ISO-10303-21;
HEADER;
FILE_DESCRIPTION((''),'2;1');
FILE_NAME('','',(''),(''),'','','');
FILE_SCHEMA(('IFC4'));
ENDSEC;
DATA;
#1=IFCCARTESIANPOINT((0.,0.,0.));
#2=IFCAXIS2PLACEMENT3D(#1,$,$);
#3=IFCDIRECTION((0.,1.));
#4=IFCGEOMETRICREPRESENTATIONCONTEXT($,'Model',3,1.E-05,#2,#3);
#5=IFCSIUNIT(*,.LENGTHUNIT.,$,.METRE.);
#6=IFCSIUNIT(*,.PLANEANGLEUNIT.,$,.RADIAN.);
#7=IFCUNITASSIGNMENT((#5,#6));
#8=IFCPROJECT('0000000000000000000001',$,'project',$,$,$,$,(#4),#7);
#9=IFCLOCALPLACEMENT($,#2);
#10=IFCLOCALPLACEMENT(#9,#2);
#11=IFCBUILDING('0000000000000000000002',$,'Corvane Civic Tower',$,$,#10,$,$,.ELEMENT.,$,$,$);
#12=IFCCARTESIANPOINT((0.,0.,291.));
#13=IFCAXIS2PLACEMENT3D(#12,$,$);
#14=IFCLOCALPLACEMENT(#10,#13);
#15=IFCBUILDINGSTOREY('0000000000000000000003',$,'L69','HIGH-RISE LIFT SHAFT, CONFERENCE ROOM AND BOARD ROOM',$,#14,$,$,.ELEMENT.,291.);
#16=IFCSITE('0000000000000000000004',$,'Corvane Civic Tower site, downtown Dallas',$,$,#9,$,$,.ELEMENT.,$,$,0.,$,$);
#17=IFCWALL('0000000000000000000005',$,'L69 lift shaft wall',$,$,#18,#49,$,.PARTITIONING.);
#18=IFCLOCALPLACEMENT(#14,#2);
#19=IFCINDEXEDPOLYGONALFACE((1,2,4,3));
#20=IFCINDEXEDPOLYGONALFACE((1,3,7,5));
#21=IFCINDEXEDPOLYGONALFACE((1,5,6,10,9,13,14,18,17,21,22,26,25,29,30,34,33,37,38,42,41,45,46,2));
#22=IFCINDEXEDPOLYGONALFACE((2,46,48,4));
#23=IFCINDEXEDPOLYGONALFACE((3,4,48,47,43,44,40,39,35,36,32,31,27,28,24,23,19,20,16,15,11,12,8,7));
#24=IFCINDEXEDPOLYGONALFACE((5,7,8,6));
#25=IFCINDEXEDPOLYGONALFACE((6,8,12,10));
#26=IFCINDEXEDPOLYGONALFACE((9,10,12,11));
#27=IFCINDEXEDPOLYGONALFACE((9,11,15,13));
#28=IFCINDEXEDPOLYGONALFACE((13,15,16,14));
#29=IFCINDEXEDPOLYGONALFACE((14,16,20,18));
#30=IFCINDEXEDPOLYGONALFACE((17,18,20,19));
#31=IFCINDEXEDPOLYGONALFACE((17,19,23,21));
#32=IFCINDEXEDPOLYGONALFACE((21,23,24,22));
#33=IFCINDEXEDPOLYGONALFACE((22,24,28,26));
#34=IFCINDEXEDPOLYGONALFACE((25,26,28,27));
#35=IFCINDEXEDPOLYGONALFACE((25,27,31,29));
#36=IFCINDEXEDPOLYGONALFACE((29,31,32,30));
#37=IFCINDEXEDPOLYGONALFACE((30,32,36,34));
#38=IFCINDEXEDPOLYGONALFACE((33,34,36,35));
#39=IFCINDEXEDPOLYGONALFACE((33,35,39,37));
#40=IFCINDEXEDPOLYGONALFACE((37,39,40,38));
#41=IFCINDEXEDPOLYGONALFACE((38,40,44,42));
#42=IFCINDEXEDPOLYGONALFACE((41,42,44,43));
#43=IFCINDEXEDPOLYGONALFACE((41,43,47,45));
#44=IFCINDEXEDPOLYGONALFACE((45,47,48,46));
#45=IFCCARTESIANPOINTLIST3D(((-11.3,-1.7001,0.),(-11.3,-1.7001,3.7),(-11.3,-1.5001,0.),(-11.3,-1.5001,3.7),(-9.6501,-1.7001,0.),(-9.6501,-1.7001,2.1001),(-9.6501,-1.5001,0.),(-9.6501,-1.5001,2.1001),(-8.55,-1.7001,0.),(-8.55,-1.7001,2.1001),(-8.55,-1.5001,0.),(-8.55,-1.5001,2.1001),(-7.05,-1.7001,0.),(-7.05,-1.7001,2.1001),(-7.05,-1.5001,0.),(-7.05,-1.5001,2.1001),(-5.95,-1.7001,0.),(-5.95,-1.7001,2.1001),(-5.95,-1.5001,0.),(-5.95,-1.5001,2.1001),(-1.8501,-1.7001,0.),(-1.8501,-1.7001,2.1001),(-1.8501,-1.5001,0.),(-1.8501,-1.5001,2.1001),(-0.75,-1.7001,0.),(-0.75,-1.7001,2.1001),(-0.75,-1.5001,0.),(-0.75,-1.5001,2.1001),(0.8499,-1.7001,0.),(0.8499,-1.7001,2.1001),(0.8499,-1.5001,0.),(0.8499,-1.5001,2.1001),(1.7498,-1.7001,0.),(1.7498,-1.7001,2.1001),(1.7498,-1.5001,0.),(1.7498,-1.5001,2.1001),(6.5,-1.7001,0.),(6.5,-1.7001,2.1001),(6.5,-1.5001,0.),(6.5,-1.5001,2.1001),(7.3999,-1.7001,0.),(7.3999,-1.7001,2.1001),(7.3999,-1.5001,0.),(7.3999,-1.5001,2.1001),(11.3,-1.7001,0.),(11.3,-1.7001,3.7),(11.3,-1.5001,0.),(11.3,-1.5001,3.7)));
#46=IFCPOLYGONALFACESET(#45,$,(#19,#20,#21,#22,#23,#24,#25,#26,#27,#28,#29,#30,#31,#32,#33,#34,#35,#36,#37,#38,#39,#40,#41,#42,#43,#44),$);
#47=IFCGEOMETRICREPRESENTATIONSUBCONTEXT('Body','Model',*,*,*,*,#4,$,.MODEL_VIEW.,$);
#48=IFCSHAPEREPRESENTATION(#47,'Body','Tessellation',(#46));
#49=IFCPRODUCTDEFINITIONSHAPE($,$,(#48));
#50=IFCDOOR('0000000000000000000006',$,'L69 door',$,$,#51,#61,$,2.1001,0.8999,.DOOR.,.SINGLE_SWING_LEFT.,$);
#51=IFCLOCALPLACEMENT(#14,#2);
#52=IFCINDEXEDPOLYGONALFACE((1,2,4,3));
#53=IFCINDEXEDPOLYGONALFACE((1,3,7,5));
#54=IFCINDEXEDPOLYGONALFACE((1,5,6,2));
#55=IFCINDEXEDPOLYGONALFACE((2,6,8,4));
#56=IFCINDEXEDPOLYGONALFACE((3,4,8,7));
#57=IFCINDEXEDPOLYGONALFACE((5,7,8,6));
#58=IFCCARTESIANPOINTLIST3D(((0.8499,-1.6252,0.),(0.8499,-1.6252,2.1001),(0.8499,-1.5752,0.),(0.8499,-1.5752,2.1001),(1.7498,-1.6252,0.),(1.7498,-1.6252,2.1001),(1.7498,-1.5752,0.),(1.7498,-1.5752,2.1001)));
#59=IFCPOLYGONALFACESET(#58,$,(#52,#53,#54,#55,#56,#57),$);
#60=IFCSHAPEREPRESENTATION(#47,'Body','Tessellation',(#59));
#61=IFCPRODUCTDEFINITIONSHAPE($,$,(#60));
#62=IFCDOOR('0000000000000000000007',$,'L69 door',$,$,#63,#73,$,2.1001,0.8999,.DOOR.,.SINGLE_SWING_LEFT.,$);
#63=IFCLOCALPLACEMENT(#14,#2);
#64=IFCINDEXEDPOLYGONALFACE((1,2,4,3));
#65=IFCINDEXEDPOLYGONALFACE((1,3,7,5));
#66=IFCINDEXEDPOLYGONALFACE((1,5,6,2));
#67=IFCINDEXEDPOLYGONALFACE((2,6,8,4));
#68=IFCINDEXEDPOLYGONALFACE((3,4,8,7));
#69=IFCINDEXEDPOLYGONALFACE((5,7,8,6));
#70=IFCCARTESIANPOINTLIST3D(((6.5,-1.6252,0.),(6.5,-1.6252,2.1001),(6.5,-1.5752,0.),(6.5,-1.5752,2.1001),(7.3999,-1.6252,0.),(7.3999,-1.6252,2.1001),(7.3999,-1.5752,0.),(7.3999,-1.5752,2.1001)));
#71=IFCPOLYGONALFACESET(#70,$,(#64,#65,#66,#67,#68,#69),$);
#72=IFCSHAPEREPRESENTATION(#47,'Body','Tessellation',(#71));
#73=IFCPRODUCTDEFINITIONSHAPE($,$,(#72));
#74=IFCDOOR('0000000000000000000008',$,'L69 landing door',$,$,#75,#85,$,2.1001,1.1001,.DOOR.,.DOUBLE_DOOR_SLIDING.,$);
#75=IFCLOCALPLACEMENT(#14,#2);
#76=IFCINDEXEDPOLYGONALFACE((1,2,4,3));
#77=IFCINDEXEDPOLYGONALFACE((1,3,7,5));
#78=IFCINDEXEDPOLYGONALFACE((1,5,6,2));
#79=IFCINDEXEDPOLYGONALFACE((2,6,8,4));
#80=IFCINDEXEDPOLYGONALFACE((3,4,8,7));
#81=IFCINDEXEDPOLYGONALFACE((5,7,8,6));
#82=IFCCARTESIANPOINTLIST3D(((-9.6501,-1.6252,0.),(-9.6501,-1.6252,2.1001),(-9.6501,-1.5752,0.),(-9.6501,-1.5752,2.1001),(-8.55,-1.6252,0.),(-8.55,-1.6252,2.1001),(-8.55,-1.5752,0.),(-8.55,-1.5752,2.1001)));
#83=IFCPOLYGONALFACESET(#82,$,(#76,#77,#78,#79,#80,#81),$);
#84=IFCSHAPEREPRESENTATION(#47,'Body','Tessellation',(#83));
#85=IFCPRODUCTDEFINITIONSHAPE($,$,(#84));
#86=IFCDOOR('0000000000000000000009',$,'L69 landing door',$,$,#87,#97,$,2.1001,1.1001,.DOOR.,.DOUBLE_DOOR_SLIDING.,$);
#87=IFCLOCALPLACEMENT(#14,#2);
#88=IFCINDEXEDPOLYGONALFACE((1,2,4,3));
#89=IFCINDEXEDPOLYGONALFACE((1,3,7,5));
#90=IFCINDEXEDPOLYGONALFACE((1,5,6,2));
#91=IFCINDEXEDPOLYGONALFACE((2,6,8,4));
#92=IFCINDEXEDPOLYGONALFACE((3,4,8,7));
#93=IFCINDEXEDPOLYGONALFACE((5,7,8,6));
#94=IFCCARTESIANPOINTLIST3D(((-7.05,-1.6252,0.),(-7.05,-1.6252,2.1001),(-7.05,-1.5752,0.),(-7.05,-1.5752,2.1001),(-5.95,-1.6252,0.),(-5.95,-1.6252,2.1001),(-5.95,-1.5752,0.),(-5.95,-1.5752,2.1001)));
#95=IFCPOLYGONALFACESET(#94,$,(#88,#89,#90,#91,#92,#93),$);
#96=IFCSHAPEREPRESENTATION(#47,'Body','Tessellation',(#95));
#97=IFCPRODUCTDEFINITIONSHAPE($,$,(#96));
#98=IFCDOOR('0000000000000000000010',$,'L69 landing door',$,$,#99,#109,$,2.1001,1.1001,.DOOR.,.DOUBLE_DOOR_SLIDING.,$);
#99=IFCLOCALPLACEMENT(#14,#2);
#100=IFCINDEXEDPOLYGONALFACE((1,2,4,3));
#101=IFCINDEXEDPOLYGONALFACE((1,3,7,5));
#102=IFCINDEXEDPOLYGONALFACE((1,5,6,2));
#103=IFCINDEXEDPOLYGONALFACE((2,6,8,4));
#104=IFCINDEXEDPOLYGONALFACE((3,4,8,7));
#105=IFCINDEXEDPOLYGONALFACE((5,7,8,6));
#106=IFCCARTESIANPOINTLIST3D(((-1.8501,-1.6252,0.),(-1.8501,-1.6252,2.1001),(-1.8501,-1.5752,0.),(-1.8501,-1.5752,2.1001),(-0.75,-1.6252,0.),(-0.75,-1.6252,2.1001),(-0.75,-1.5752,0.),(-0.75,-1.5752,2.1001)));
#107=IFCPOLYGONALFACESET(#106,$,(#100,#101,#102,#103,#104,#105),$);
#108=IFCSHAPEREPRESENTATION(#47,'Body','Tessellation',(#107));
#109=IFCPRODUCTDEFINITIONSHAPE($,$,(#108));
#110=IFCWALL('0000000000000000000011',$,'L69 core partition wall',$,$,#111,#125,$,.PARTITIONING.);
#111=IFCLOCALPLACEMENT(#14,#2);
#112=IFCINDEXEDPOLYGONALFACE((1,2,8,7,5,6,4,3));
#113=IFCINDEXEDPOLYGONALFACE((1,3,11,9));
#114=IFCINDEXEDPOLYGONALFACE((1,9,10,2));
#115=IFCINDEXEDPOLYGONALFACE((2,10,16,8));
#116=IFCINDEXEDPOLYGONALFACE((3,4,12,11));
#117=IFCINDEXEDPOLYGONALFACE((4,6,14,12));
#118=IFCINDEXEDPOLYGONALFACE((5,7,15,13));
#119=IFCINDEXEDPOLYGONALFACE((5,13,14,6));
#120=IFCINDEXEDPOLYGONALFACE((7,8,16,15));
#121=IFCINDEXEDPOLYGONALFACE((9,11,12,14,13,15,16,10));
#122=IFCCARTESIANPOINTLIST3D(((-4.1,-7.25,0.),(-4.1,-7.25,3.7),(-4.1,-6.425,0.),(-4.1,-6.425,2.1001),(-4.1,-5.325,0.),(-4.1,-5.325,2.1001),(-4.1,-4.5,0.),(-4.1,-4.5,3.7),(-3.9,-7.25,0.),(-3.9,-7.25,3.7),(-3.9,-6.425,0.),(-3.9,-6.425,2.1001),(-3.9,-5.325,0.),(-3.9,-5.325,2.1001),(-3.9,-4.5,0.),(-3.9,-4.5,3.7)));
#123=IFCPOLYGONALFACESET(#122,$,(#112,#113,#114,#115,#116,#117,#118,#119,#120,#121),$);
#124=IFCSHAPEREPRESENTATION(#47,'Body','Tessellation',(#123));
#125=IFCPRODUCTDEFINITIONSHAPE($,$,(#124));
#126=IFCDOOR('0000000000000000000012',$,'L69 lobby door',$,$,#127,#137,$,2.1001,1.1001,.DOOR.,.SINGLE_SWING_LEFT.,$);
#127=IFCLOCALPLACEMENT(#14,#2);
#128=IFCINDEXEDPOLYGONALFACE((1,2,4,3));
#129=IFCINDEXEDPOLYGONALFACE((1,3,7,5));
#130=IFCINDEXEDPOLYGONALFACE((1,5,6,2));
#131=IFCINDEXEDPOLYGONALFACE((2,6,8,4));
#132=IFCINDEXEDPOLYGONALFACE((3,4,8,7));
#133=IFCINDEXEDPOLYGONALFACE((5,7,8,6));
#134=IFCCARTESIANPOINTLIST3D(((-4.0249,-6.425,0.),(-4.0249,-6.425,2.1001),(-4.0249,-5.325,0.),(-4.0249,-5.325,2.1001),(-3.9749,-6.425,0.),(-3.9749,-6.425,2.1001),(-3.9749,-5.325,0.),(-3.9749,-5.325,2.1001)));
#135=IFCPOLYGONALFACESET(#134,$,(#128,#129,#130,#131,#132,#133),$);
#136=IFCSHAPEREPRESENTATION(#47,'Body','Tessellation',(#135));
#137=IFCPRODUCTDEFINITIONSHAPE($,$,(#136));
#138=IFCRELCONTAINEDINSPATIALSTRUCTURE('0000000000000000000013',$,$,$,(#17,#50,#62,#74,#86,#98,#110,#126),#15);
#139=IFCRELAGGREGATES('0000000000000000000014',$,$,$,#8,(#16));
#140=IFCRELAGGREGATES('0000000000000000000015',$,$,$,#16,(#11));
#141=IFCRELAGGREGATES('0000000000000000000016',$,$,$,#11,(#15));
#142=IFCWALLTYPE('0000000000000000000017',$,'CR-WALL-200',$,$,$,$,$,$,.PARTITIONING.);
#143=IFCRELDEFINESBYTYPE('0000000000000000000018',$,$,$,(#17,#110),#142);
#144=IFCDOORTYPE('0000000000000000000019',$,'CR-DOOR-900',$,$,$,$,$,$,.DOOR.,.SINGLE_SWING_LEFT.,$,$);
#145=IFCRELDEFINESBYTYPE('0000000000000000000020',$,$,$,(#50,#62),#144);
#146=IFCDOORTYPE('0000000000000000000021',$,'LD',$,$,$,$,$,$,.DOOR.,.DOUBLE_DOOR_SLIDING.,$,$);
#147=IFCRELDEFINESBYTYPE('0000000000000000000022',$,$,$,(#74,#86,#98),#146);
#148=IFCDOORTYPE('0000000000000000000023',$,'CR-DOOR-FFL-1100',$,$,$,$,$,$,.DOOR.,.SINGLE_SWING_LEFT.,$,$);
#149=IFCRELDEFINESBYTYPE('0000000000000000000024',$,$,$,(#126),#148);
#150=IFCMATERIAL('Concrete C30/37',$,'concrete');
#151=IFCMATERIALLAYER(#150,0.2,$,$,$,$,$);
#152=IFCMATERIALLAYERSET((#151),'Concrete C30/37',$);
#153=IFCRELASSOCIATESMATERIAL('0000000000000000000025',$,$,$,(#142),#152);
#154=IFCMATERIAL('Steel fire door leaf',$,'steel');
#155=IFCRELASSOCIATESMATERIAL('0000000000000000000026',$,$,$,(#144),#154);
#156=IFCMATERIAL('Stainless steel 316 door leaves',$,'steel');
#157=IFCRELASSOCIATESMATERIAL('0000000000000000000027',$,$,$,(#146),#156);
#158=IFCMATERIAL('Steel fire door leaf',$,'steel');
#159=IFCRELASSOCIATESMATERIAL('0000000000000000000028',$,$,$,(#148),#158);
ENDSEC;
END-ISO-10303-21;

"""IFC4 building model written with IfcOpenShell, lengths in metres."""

from ifc_helpers import new_model, si_unit, direction, frame, frame_2d, origin, place, context, subcontext, project, spatial, rectangle, extrude, material, layer, layer_set, type_object, element, fill, save


model = new_model("IFC4")

# Units and contexts
model_context = context("Model", 3, precision=1e-05, world=origin(), true_north=direction((0.0, 1.0)))
body_context = subcontext(model_context, "Body", "Model", "MODEL_VIEW")
ifc_project = project(units=[si_unit("LENGTHUNIT", "METRE"), si_unit("PLANEANGLEUNIT", "RADIAN")], contexts=[model_context])

# Site, building, storey
site_placement = place(None, origin())
site = spatial("IfcSite", under=ifc_project, at=site_placement, Name="Corvane Civic Tower site, downtown Dallas", CompositionType="ELEMENT", RefElevation=0.0)
building_placement = place(site_placement, origin())
building = spatial("IfcBuilding", under=site, at=building_placement, Name="Corvane Civic Tower", CompositionType="ELEMENT")
storey_placement = place(building_placement, frame((0.0, 0.0, 291.0)))
storey = spatial("IfcBuildingStorey", under=building, at=storey_placement, Name="L69", Description="HIGH-RISE LIFT SHAFT, CONFERENCE ROOM AND BOARD ROOM", CompositionType="ELEMENT", Elevation=291.0)

# Shared definitions
ifc_material_1 = material(Name="Concrete C30/37", Category="concrete")
ifc_layer_1 = layer(ifc_material_1, 0.2)
ifc_layer_set_1 = layer_set([ifc_layer_1], Name="Concrete C30/37")
wall_type_1 = type_object("IfcWallType", Name="CR-WALL-200", PredefinedType="PARTITIONING", material=ifc_layer_set_1)
ifc_material_2 = material(Name="Steel fire door leaf", Category="steel")
door_type_1 = type_object("IfcDoorType", Name="CR-DOOR-900", OperationType="SINGLE_SWING_LEFT", PredefinedType="DOOR", material=ifc_material_2)

# Wall, openings, doors
wall_1_placement = place(storey_placement, frame((-11.3, -1.6001, 0.0), z_axis=(0.0, 0.0, 1.0), x_axis=(1.0, 0.0, 0.0)))
wall_1 = element("IfcWall", 1, at=wall_1_placement, inside=storey, type_object=wall_type_1, Name="L69 lift shaft wall", PredefinedType="PARTITIONING", context=body_context, shape_type="SweptSolid", body=[
    extrude(rectangle(XDim=22.6001, YDim=0.2, at=frame_2d((11.3, 0.0))), origin(), (0.0, 0.0, 1.0), 3.7),
])
opening_1_placement = place(wall_1_placement, frame((1.6499, 0.0, 0.0)))
opening_1 = element("IfcOpeningElement", 2, at=opening_1_placement, cuts=wall_1, PredefinedType="OPENING", context=body_context, shape_type="SweptSolid", body=[
    extrude(rectangle(XDim=1.1001, YDim=2.1001, at=frame_2d((0.55, 1.05))), frame((0.0, 0.1099, 0.0), z_axis=(0.0, -1.0, 0.0), x_axis=(1.0, 0.0, 0.0)), (0.0, 0.0, 1.0), 0.22),
])
opening_2_placement = place(wall_1_placement, frame((4.25, 0.0, 0.0)))
opening_2 = element("IfcOpeningElement", 3, at=opening_2_placement, cuts=wall_1, PredefinedType="OPENING", context=body_context, shape_type="SweptSolid", body=[
    extrude(rectangle(XDim=1.1001, YDim=2.1001, at=frame_2d((0.55, 1.05))), frame((0.0, 0.1099, 0.0), z_axis=(0.0, -1.0, 0.0), x_axis=(1.0, 0.0, 0.0)), (0.0, 0.0, 1.0), 0.22),
])
opening_3_placement = place(wall_1_placement, frame((9.45, 0.0, 0.0)))
opening_3 = element("IfcOpeningElement", 4, at=opening_3_placement, cuts=wall_1, PredefinedType="OPENING", context=body_context, shape_type="SweptSolid", body=[
    extrude(rectangle(XDim=1.1001, YDim=2.1001, at=frame_2d((0.55, 1.05))), frame((0.0, 0.1099, 0.0), z_axis=(0.0, -1.0, 0.0), x_axis=(1.0, 0.0, 0.0)), (0.0, 0.0, 1.0), 0.22),
])
opening_4_placement = place(wall_1_placement, frame((12.1499, 0.0, 0.0)))
opening_4 = element("IfcOpeningElement", 5, at=opening_4_placement, cuts=wall_1, PredefinedType="OPENING", context=body_context, shape_type="SweptSolid", body=[
    extrude(rectangle(XDim=0.8999, YDim=2.1001, at=frame_2d((0.45, 1.05))), frame((0.0, 0.1099, 0.0), z_axis=(0.0, -1.0, 0.0), x_axis=(1.0, 0.0, 0.0)), (0.0, 0.0, 1.0), 0.22),
])
opening_5_placement = place(wall_1_placement, frame((17.8, 0.0, 0.0)))
opening_5 = element("IfcOpeningElement", 6, at=opening_5_placement, cuts=wall_1, PredefinedType="OPENING", context=body_context, shape_type="SweptSolid", body=[
    extrude(rectangle(XDim=0.8999, YDim=2.1001, at=frame_2d((0.45, 1.05))), frame((0.0, 0.1099, 0.0), z_axis=(0.0, -1.0, 0.0), x_axis=(1.0, 0.0, 0.0)), (0.0, 0.0, 1.0), 0.22),
])
door_1_placement = place(opening_4_placement, origin())
door_1 = element("IfcDoor", 7, at=door_1_placement, inside=storey, type_object=door_type_1, Name="L69 door", OperationType="SINGLE_SWING_LEFT", OverallHeight=2.1001, OverallWidth=0.8999, PredefinedType="DOOR", context=body_context, shape_type="SweptSolid", body=[
    extrude(rectangle(XDim=0.8999, YDim=2.1001, at=frame_2d((0.45, 1.05))), frame((0.0, 0.0249, 0.0), z_axis=(0.0, -1.0, 0.0), x_axis=(1.0, 0.0, 0.0)), (0.0, 0.0, 1.0), 0.05),
])
fill(opening_4, door_1)
door_2_placement = place(opening_5_placement, origin())
door_2 = element("IfcDoor", 8, at=door_2_placement, inside=storey, type_object=door_type_1, Name="L69 door", OperationType="SINGLE_SWING_LEFT", OverallHeight=2.1001, OverallWidth=0.8999, PredefinedType="DOOR", context=body_context, shape_type="SweptSolid", body=[
    extrude(rectangle(XDim=0.8999, YDim=2.1001, at=frame_2d((0.45, 1.05))), frame((0.0, 0.0249, 0.0), z_axis=(0.0, -1.0, 0.0), x_axis=(1.0, 0.0, 0.0)), (0.0, 0.0, 1.0), 0.05),
])
fill(opening_5, door_2)
ifc_material_3 = material(Name="Stainless steel 316 door leaves", Category="steel")
door_type_2 = type_object("IfcDoorType", Name="LD", OperationType="DOUBLE_DOOR_SLIDING", PredefinedType="DOOR", material=ifc_material_3)
door_3_placement = place(opening_1_placement, origin())
door_3 = element("IfcDoor", 9, at=door_3_placement, inside=storey, type_object=door_type_2, Name="L69 landing door", OperationType="DOUBLE_DOOR_SLIDING", OverallHeight=2.1001, OverallWidth=1.1001, PredefinedType="DOOR", context=body_context, shape_type="SweptSolid", body=[
    extrude(rectangle(XDim=1.1001, YDim=2.1001, at=frame_2d((0.55, 1.05))), frame((0.0, 0.0249, 0.0), z_axis=(0.0, -1.0, 0.0), x_axis=(1.0, 0.0, 0.0)), (0.0, 0.0, 1.0), 0.05),
])
fill(opening_1, door_3)
door_4_placement = place(opening_2_placement, origin())
door_4 = element("IfcDoor", 10, at=door_4_placement, inside=storey, type_object=door_type_2, Name="L69 landing door", OperationType="DOUBLE_DOOR_SLIDING", OverallHeight=2.1001, OverallWidth=1.1001, PredefinedType="DOOR", context=body_context, shape_type="SweptSolid", body=[
    extrude(rectangle(XDim=1.1001, YDim=2.1001, at=frame_2d((0.55, 1.05))), frame((0.0, 0.0249, 0.0), z_axis=(0.0, -1.0, 0.0), x_axis=(1.0, 0.0, 0.0)), (0.0, 0.0, 1.0), 0.05),
])
fill(opening_2, door_4)
door_5_placement = place(opening_3_placement, origin())
door_5 = element("IfcDoor", 11, at=door_5_placement, inside=storey, type_object=door_type_2, Name="L69 landing door", OperationType="DOUBLE_DOOR_SLIDING", OverallHeight=2.1001, OverallWidth=1.1001, PredefinedType="DOOR", context=body_context, shape_type="SweptSolid", body=[
    extrude(rectangle(XDim=1.1001, YDim=2.1001, at=frame_2d((0.55, 1.05))), frame((0.0, 0.0249, 0.0), z_axis=(0.0, -1.0, 0.0), x_axis=(1.0, 0.0, 0.0)), (0.0, 0.0, 1.0), 0.05),
])
fill(opening_3, door_5)

# Wall, opening, door
wall_2_placement = place(storey_placement, frame((-4.0, -7.25, 0.0), z_axis=(0.0, 0.0, 1.0), x_axis=(0.0, 1.0, 0.0)))
wall_2 = element("IfcWall", 12, at=wall_2_placement, inside=storey, type_object=wall_type_1, Name="L69 core partition wall", PredefinedType="PARTITIONING", context=body_context, shape_type="SweptSolid", body=[
    extrude(rectangle(XDim=2.75, YDim=0.2, at=frame_2d((1.375, 0.0))), origin(), (0.0, 0.0, 1.0), 3.7),
])
opening_6_placement = place(wall_2_placement, frame((0.825, 0.0, 0.0)))
opening_6 = element("IfcOpeningElement", 13, at=opening_6_placement, cuts=wall_2, PredefinedType="OPENING", context=body_context, shape_type="SweptSolid", body=[
    extrude(rectangle(XDim=1.1001, YDim=2.1001, at=frame_2d((0.55, 1.05))), frame((0.0, 0.1099, 0.0), z_axis=(0.0, -1.0, 0.0), x_axis=(1.0, 0.0, 0.0)), (0.0, 0.0, 1.0), 0.22),
])
ifc_material_4 = material(Name="Steel fire door leaf", Category="steel")
door_type_3 = type_object("IfcDoorType", Name="CR-DOOR-FFL-1100", OperationType="SINGLE_SWING_LEFT", PredefinedType="DOOR", material=ifc_material_4)
door_6_placement = place(opening_6_placement, origin())
door_6 = element("IfcDoor", 14, at=door_6_placement, inside=storey, type_object=door_type_3, Name="L69 lobby door", OperationType="SINGLE_SWING_LEFT", OverallHeight=2.1001, OverallWidth=1.1001, PredefinedType="DOOR", context=body_context, shape_type="SweptSolid", body=[
    extrude(rectangle(XDim=1.1001, YDim=2.1001, at=frame_2d((0.55, 1.05))), frame((0.0, 0.0249, 0.0), z_axis=(0.0, -1.0, 0.0), x_axis=(1.0, 0.0, 0.0)), (0.0, 0.0, 1.0), 0.05),
])
fill(opening_6, door_6)

save(model, "model.ifc")
